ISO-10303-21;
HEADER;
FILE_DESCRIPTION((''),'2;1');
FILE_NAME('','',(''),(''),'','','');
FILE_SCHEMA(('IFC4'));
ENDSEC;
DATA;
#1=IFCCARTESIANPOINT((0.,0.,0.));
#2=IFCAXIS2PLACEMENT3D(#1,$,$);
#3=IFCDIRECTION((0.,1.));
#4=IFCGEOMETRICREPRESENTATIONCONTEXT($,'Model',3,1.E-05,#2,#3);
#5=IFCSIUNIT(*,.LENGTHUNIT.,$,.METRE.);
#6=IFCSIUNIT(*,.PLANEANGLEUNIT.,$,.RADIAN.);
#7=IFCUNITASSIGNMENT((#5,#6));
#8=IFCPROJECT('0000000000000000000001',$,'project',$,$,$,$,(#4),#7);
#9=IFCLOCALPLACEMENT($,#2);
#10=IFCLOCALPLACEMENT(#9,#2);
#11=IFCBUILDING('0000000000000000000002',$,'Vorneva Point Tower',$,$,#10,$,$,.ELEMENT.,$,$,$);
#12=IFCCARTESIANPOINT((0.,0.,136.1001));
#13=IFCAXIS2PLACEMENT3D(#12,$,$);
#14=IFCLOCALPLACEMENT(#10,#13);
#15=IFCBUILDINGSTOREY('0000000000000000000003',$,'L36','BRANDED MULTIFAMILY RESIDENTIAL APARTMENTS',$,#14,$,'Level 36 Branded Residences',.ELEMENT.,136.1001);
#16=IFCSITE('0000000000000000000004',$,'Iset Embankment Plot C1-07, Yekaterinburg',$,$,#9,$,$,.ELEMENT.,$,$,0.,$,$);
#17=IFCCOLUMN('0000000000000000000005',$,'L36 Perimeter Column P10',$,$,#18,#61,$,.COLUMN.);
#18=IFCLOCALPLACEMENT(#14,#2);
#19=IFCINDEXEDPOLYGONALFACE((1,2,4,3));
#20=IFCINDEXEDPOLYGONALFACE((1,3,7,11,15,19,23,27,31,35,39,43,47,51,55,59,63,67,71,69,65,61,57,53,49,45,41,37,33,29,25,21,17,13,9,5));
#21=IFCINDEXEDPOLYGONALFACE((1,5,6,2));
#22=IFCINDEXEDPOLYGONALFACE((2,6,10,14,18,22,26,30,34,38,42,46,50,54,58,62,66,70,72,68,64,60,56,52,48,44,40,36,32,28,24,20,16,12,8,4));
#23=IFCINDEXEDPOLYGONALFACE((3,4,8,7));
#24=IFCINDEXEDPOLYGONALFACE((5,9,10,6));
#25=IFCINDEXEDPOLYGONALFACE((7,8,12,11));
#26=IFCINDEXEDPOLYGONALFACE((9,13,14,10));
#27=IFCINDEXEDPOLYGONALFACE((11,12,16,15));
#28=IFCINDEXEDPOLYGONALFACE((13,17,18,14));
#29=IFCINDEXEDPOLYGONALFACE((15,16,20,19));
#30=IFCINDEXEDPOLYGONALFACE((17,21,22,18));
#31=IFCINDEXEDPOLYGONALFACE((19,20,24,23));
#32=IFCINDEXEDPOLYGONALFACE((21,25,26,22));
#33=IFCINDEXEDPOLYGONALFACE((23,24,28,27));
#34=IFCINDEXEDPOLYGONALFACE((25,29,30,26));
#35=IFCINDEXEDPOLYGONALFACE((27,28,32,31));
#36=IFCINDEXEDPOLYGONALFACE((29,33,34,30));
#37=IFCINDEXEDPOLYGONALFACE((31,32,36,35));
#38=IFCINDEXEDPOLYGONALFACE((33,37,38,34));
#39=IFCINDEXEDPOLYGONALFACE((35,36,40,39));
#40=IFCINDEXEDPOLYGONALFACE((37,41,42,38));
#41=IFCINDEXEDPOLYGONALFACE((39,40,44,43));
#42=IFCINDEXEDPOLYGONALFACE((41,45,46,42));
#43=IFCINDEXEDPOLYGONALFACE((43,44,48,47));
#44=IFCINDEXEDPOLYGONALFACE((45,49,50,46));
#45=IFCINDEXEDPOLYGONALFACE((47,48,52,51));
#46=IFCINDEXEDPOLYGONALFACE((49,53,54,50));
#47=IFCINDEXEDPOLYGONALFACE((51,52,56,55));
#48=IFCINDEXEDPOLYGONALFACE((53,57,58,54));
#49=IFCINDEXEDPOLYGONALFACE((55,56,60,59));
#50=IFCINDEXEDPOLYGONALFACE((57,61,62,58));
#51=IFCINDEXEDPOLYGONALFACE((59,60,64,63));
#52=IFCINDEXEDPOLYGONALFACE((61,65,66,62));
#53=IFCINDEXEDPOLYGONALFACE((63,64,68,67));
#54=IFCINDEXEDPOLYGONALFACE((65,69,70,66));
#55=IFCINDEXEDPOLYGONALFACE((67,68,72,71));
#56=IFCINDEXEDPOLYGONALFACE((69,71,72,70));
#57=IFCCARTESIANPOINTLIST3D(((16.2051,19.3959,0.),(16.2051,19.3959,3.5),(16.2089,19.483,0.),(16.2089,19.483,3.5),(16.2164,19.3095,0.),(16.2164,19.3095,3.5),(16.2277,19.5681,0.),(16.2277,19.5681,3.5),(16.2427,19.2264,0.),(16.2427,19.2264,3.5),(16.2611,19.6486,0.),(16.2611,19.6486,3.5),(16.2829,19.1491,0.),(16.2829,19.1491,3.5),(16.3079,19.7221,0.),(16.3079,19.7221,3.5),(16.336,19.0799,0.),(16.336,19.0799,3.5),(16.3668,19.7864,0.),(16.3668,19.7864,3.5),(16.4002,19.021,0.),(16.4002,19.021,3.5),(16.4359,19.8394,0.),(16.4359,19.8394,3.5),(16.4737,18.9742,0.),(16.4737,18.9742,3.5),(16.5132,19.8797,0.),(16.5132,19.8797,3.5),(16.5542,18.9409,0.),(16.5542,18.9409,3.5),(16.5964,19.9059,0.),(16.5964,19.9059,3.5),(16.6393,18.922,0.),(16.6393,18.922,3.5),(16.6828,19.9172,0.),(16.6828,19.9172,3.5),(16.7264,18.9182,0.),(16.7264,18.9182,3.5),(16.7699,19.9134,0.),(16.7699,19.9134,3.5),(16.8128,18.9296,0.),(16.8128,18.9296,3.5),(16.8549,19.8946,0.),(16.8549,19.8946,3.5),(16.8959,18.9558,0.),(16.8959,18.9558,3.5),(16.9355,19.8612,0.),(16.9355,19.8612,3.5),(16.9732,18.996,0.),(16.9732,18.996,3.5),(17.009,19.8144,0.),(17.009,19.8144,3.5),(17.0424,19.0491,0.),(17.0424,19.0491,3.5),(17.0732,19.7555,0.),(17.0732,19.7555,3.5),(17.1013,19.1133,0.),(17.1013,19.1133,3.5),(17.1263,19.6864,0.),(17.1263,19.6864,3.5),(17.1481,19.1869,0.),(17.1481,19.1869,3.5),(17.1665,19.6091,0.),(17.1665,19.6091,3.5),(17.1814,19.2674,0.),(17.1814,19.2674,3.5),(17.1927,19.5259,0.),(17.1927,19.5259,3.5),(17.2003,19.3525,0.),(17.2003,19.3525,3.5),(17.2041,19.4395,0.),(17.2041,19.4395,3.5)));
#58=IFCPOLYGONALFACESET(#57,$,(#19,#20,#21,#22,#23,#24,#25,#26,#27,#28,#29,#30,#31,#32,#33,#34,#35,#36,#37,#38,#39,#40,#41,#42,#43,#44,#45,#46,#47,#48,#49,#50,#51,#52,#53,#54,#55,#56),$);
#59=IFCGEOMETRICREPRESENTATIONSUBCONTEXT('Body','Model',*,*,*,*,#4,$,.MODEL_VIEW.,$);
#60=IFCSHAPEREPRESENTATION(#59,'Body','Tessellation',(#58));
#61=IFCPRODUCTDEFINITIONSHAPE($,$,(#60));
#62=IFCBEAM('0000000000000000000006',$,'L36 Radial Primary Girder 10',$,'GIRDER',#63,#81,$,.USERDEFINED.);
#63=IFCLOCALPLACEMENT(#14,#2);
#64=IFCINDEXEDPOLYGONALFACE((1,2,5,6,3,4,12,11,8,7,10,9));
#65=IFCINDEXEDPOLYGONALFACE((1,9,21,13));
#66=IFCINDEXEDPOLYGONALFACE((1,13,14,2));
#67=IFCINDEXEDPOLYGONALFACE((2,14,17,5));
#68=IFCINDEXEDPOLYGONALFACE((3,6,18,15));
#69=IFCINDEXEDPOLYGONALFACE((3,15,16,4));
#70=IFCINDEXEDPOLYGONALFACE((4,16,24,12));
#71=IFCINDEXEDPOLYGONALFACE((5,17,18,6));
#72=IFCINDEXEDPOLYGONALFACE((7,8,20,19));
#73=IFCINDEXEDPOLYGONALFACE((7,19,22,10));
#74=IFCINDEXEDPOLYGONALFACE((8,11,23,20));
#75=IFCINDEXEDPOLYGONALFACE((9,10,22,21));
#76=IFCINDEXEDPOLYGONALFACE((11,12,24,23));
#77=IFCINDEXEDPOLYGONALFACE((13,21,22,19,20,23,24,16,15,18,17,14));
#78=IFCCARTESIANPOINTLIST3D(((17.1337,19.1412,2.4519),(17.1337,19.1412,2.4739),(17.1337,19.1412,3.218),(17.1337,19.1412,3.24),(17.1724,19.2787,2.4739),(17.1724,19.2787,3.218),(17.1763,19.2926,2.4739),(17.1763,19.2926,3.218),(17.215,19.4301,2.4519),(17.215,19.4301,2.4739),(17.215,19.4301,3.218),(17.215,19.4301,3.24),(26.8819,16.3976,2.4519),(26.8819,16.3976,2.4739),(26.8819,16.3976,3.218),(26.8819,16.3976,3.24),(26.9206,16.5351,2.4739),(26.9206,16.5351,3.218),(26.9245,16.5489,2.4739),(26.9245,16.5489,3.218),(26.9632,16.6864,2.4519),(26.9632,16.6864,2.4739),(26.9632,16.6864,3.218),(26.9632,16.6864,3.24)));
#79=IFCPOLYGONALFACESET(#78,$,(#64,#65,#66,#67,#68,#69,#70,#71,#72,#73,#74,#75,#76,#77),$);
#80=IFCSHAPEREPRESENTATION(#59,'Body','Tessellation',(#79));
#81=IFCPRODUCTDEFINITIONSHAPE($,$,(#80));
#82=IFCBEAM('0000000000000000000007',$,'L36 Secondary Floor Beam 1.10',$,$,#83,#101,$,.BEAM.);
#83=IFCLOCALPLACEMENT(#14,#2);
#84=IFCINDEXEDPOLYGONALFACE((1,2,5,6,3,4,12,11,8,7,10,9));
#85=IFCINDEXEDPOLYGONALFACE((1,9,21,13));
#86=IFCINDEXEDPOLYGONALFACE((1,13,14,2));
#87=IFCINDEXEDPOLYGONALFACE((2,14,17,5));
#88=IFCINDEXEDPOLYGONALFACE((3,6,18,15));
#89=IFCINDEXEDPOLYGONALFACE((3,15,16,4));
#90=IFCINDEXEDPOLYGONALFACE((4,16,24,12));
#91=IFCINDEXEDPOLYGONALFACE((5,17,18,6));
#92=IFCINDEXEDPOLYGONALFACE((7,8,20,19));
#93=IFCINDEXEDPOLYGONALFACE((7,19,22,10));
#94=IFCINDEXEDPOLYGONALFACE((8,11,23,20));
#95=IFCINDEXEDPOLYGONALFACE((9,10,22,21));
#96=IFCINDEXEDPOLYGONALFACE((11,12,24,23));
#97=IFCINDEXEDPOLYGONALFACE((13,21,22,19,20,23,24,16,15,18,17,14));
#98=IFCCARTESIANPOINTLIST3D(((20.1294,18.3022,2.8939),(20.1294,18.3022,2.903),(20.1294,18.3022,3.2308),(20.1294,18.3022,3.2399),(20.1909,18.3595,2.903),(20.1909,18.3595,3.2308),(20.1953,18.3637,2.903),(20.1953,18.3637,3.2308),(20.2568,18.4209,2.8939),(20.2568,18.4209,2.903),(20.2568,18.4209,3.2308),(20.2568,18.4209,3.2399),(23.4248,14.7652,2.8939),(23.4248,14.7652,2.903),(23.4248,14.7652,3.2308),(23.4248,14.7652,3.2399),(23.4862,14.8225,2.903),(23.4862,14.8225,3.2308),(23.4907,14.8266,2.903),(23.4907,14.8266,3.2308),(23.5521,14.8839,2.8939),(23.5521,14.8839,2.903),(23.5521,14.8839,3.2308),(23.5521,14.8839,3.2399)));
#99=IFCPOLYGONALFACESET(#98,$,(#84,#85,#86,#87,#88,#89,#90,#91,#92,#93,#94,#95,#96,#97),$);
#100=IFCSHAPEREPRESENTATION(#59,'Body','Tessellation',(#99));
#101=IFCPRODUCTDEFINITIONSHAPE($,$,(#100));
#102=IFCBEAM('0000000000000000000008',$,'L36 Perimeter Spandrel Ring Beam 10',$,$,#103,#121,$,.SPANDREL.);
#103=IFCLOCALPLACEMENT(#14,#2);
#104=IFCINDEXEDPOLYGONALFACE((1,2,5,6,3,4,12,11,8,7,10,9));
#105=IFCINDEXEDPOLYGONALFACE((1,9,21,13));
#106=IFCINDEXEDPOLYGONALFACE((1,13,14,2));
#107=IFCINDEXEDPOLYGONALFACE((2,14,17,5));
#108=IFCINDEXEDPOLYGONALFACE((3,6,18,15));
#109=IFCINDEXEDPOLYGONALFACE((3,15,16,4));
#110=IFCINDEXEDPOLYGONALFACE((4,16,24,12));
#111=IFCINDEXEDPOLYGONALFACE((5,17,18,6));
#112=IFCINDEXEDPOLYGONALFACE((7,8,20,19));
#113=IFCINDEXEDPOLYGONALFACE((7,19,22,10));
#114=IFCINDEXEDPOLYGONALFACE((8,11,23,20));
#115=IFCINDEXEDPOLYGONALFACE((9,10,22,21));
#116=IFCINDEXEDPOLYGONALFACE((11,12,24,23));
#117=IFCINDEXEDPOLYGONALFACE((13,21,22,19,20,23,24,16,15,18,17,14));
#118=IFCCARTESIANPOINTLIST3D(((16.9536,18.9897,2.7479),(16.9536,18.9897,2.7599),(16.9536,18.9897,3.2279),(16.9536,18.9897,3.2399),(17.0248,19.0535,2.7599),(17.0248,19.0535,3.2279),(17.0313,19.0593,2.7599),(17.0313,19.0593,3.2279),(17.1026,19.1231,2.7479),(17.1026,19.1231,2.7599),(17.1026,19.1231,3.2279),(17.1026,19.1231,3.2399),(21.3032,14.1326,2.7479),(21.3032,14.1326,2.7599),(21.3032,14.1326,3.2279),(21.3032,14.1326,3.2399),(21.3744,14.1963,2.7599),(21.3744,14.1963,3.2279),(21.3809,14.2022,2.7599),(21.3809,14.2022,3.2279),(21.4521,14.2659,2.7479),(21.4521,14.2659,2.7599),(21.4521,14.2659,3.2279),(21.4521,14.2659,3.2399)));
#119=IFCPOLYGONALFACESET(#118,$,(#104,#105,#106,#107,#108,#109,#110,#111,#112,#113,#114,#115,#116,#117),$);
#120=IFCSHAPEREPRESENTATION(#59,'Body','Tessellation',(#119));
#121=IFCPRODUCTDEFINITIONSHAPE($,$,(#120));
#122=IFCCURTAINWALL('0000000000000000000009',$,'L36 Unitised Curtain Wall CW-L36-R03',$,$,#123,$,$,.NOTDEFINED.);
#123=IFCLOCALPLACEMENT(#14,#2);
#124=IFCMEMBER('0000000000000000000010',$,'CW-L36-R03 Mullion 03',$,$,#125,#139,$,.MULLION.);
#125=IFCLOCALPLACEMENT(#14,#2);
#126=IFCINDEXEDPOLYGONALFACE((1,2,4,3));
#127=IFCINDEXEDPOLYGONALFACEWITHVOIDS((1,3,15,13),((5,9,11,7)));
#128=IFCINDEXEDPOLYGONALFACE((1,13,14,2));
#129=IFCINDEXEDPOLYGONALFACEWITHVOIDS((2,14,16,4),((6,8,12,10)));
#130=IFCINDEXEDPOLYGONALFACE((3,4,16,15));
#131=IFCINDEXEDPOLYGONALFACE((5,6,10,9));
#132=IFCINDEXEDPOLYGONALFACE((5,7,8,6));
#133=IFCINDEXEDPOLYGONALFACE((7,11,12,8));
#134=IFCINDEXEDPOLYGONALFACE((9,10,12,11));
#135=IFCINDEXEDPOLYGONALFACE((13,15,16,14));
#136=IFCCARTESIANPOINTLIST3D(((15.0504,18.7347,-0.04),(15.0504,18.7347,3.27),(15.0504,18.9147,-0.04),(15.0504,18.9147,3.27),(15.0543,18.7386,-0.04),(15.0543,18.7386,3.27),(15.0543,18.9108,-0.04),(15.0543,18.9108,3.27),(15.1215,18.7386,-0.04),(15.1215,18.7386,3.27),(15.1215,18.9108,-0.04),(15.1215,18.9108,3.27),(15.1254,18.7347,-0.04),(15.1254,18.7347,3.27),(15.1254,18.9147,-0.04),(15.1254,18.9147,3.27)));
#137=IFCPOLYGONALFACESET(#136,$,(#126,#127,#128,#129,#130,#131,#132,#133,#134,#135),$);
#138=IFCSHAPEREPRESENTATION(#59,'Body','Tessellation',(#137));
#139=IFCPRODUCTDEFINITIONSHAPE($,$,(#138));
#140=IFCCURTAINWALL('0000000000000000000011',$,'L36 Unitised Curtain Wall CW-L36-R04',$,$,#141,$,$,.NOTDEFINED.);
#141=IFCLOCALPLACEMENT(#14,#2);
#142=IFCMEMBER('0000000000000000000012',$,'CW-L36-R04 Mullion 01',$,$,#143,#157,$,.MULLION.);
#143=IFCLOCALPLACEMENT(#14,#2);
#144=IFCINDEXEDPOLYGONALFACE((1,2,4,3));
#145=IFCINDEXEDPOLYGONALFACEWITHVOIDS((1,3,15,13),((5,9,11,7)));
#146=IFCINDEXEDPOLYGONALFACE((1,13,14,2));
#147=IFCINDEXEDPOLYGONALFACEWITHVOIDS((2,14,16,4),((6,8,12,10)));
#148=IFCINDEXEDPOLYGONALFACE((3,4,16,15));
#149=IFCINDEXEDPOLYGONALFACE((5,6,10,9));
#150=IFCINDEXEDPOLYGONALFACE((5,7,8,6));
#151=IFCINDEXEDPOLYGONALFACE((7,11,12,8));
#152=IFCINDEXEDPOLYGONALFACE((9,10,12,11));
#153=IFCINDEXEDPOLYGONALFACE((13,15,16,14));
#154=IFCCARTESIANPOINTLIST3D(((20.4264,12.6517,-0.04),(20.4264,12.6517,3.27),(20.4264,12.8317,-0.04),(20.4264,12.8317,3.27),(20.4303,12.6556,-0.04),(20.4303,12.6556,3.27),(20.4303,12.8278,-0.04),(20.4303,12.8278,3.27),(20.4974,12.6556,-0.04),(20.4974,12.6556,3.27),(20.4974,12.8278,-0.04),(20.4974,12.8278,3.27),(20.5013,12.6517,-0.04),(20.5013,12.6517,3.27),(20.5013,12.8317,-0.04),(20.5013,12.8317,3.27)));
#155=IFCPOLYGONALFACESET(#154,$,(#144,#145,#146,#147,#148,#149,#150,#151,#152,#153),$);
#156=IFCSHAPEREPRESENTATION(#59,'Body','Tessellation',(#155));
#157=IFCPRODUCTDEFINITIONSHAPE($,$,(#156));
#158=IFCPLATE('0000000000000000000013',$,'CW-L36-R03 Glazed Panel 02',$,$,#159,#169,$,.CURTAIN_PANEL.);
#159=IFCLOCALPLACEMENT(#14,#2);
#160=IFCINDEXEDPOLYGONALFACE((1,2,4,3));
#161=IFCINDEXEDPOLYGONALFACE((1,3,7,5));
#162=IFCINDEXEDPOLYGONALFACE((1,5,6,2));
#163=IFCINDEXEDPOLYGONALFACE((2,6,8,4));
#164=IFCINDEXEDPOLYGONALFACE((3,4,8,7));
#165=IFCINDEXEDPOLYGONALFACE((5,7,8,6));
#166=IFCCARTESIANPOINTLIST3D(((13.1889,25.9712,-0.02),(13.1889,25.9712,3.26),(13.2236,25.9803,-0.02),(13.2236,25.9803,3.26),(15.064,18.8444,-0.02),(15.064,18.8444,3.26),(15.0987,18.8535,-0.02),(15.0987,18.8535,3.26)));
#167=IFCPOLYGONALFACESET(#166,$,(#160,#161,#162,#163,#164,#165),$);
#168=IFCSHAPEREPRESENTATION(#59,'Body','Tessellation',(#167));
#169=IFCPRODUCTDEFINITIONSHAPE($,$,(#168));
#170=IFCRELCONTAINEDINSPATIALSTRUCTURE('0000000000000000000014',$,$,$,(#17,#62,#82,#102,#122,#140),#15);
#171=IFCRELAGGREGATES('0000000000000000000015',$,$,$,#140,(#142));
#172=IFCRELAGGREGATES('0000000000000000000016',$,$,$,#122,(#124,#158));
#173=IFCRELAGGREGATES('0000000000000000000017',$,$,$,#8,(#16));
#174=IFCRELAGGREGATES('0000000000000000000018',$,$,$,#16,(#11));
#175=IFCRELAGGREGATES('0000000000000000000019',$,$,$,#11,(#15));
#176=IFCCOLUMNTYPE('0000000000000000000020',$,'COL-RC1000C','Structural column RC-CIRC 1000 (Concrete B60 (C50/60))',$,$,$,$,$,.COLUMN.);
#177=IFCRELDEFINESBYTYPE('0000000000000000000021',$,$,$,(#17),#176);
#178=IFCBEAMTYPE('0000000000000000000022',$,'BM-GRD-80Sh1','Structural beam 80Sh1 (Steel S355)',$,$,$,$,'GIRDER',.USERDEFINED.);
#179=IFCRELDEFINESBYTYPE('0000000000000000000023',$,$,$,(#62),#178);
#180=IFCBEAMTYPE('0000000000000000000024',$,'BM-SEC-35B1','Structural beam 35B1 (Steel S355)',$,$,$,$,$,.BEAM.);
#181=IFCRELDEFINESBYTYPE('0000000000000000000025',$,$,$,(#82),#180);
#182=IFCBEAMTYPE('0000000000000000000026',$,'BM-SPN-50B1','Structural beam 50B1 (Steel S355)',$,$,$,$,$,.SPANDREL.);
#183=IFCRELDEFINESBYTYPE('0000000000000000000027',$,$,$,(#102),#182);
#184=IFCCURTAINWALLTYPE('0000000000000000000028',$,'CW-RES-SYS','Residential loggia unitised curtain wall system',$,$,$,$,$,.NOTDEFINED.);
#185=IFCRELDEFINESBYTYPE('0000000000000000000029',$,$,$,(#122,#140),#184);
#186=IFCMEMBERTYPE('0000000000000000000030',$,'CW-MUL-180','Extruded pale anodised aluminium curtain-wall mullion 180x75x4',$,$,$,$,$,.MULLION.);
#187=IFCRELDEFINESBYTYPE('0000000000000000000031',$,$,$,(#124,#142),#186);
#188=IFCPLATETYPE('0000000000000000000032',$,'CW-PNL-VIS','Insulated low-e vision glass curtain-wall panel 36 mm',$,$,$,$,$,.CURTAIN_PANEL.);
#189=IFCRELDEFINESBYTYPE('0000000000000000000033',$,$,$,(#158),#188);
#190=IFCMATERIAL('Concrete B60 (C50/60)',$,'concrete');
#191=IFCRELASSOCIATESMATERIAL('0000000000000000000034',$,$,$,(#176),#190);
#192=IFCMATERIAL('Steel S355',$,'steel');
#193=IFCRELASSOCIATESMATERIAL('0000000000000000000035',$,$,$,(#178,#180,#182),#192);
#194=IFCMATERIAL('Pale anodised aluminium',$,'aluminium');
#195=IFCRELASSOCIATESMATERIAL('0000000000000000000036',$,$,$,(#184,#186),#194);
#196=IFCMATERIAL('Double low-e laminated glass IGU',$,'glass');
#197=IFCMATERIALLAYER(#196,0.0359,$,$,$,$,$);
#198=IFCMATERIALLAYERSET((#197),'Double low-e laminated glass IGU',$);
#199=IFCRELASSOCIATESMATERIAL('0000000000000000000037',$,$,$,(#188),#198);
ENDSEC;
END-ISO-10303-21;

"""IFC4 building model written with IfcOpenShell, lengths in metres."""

from ifc_helpers import new_model, si_unit, direction, frame, origin, origin_2d, place, context, subcontext, project, spatial, rectangle, hollow_rectangle, circle, i_section, extrude, material, layer, layer_set, material_profile, profile_set, type_object, element, aggregate, save


model = new_model("IFC4")

# Units and contexts
model_context = context("Model", 3, precision=1e-05, world=origin(), true_north=direction((0.0, 1.0)))
body_context = subcontext(model_context, "Body", "Model", "MODEL_VIEW")
ifc_project = project(units=[si_unit("LENGTHUNIT", "METRE"), si_unit("PLANEANGLEUNIT", "RADIAN")], contexts=[model_context])

# Site, building, storey
site_placement = place(None, origin())
site = spatial("IfcSite", under=ifc_project, at=site_placement, Name="Iset Embankment Plot C1-07, Yekaterinburg", CompositionType="ELEMENT", RefElevation=0.0)
building_placement = place(site_placement, origin())
building = spatial("IfcBuilding", under=site, at=building_placement, Name="Vorneva Point Tower", CompositionType="ELEMENT")
storey_placement = place(building_placement, frame((0.0, 0.0, 136.1001)))
storey = spatial("IfcBuildingStorey", under=building, at=storey_placement, Name="L36", Description="BRANDED MULTIFAMILY RESIDENTIAL APARTMENTS", LongName="Level 36 Branded Residences", CompositionType="ELEMENT", Elevation=136.1001)

# Column
ifc_material_1 = material(Name="Concrete B60 (C50/60)", Category="concrete")
ifc_material_profile_1 = material_profile(ifc_material_1, circle(Radius=0.5, at=origin_2d()), Name="RC-CIRC 1000")
ifc_profile_set_1 = profile_set([ifc_material_profile_1], Name="Concrete B60 (C50/60)")
column_type = type_object("IfcColumnType", Name="COL-RC1000C", Description="Structural column RC-CIRC 1000 (Concrete B60 (C50/60))", PredefinedType="COLUMN", material=ifc_profile_set_1)
column_placement = place(storey_placement, frame((16.7046, 19.4177, 0.0), z_axis=(0.0, 0.0, 1.0), x_axis=(-0.92388, -0.382683, 0.0)))
element("IfcColumn", 1, at=column_placement, inside=storey, type_object=column_type, Name="L36 Perimeter Column P10", PredefinedType="COLUMN", context=body_context, shape_type="SweptSolid", body=[
    extrude(circle(Radius=0.5, at=origin_2d()), origin(), (0.0, 0.0, 1.0), 3.5),
])

# Beams
ifc_material_2 = material(Name="Steel S355", Category="steel")
ifc_material_profile_2 = material_profile(ifc_material_2, i_section(OverallWidth=0.3, OverallDepth=0.7881, WebThickness=0.0144, FlangeThickness=0.022, at=origin_2d()), Name="80Sh1")
ifc_profile_set_2 = profile_set([ifc_material_profile_2], Name="Steel S355")
beam_type_1 = type_object("IfcBeamType", Name="BM-GRD-80Sh1", Description="Structural beam 80Sh1 (Steel S355)", ElementType="GIRDER", PredefinedType="USERDEFINED", material=ifc_profile_set_2)
beam_1_placement = place(storey_placement, frame((17.1743, 19.2856, 2.8459), z_axis=(0.962601, -0.270924, 0.0), x_axis=(0.270924, 0.962601, 0.0)))
element("IfcBeam", 2, at=beam_1_placement, inside=storey, type_object=beam_type_1, Name="L36 Radial Primary Girder 10", ObjectType="GIRDER", PredefinedType="USERDEFINED", context=body_context, shape_type="SweptSolid", body=[
    extrude(i_section(OverallWidth=0.3, OverallDepth=0.7881, WebThickness=0.0144, FlangeThickness=0.022, at=origin_2d()), origin(), (0.0, 0.0, 1.0), 10.127),
])
ifc_material_profile_3 = material_profile(ifc_material_2, i_section(OverallWidth=0.1741, OverallDepth=0.3459, WebThickness=0.0061, FlangeThickness=0.009, at=origin_2d()), Name="35B1")
ifc_profile_set_3 = profile_set([ifc_material_profile_3], Name="Steel S355")
beam_type_2 = type_object("IfcBeamType", Name="BM-SEC-35B1", Description="Structural beam 35B1 (Steel S355)", PredefinedType="BEAM", material=ifc_profile_set_3)
beam_2_placement = place(storey_placement, frame((20.1931, 18.3616, 3.0669), z_axis=(0.681667, -0.731663, 0.0), x_axis=(0.731663, 0.681667, 0.0)))
element("IfcBeam", 3, at=beam_2_placement, inside=storey, type_object=beam_type_2, Name="L36 Secondary Floor Beam 1.10", PredefinedType="BEAM", context=body_context, shape_type="SweptSolid", body=[
    extrude(i_section(OverallWidth=0.1741, OverallDepth=0.3459, WebThickness=0.0061, FlangeThickness=0.009, at=origin_2d()), origin(), (0.0, 0.0, 1.0), 4.8342),
])
ifc_material_profile_4 = material_profile(ifc_material_2, i_section(OverallWidth=0.2, OverallDepth=0.4919, WebThickness=0.0088, FlangeThickness=0.012, at=origin_2d()), Name="50B1")
ifc_profile_set_4 = profile_set([ifc_material_profile_4], Name="Steel S355")
beam_type_3 = type_object("IfcBeamType", Name="BM-SPN-50B1", Description="Structural beam 50B1 (Steel S355)", PredefinedType="SPANDREL", material=ifc_profile_set_4)
beam_3_placement = place(storey_placement, frame((17.0281, 19.0564, 2.9939), z_axis=(0.667111, -0.744958, 0.0), x_axis=(0.744958, 0.667111, 0.0)))
element("IfcBeam", 4, at=beam_3_placement, inside=storey, type_object=beam_type_3, Name="L36 Perimeter Spandrel Ring Beam 10", PredefinedType="SPANDREL", context=body_context, shape_type="SweptSolid", body=[
    extrude(i_section(OverallWidth=0.2, OverallDepth=0.4919, WebThickness=0.0088, FlangeThickness=0.012, at=origin_2d()), origin(), (0.0, 0.0, 1.0), 6.52),
])

# Curtain walls, members
ifc_material_3 = material(Name="Pale anodised aluminium", Category="aluminium")
curtain_wall_type = type_object("IfcCurtainWallType", Name="CW-RES-SYS", Description="Residential loggia unitised curtain wall system", PredefinedType="NOTDEFINED", material=ifc_material_3)
curtain_wall_1_placement = place(storey_placement, origin())
curtain_wall_1 = element("IfcCurtainWall", 5, at=curtain_wall_1_placement, inside=storey, type_object=curtain_wall_type, Name="L36 Unitised Curtain Wall CW-L36-R03", PredefinedType="NOTDEFINED")
ifc_material_profile_5 = material_profile(ifc_material_3, hollow_rectangle(XDim=0.075, YDim=0.1799, WallThickness=0.0039, at=origin_2d()), Name="AL-MUL 180x75x4")
ifc_profile_set_5 = profile_set([ifc_material_profile_5], Name="Pale anodised aluminium")
member_type = type_object("IfcMemberType", Name="CW-MUL-180", Description="Extruded pale anodised aluminium curtain-wall mullion 180x75x4", PredefinedType="MULLION", material=ifc_profile_set_5)
member_1_placement = place(storey_placement, frame((15.0879, 18.8247, -0.04), z_axis=(0.0, 0.0, 1.0), x_axis=(1.0, 0.0, 0.0)))
member_1 = element("IfcMember", 6, at=member_1_placement, type_object=member_type, Name="CW-L36-R03 Mullion 03", PredefinedType="MULLION", context=body_context, shape_type="SweptSolid", body=[
    extrude(hollow_rectangle(XDim=0.075, YDim=0.1799, WallThickness=0.0039, at=origin_2d()), origin(), (0.0, 0.0, 1.0), 3.3101),
])
curtain_wall_2_placement = place(storey_placement, origin())
curtain_wall_2 = element("IfcCurtainWall", 7, at=curtain_wall_2_placement, inside=storey, type_object=curtain_wall_type, Name="L36 Unitised Curtain Wall CW-L36-R04", PredefinedType="NOTDEFINED")
member_2_placement = place(storey_placement, frame((20.4639, 12.7417, -0.04), z_axis=(0.0, 0.0, 1.0), x_axis=(1.0, 0.0, 0.0)))
member_2 = element("IfcMember", 8, at=member_2_placement, type_object=member_type, Name="CW-L36-R04 Mullion 01", PredefinedType="MULLION", context=body_context, shape_type="SweptSolid", body=[
    extrude(hollow_rectangle(XDim=0.075, YDim=0.1799, WallThickness=0.0039, at=origin_2d()), origin(), (0.0, 0.0, 1.0), 3.3101),
])
aggregate(curtain_wall_2, [member_2])

# Plate
ifc_material_4 = material(Name="Double low-e laminated glass IGU", Category="glass")
ifc_layer_1 = layer(ifc_material_4, 0.0359)
ifc_layer_set_1 = layer_set([ifc_layer_1], Name="Double low-e laminated glass IGU")
plate_type = type_object("IfcPlateType", Name="CW-PNL-VIS", Description="Insulated low-e vision glass curtain-wall panel 36 mm", PredefinedType="CURTAIN_PANEL", material=ifc_layer_set_1)
plate_placement = place(storey_placement, frame((14.1438, 22.4124, -0.02), z_axis=(0.0, 0.0, 1.0), x_axis=(0.254433, -0.96709, 0.0)))
plate = element("IfcPlate", 9, at=plate_placement, type_object=plate_type, Name="CW-L36-R03 Glazed Panel 02", PredefinedType="CURTAIN_PANEL", context=body_context, shape_type="SweptSolid", body=[
    extrude(rectangle(XDim=7.3694, YDim=0.0359, at=origin_2d()), origin(), (0.0, 0.0, 1.0), 3.28),
])
aggregate(curtain_wall_1, [member_1, plate])

save(model, "model.ifc")
